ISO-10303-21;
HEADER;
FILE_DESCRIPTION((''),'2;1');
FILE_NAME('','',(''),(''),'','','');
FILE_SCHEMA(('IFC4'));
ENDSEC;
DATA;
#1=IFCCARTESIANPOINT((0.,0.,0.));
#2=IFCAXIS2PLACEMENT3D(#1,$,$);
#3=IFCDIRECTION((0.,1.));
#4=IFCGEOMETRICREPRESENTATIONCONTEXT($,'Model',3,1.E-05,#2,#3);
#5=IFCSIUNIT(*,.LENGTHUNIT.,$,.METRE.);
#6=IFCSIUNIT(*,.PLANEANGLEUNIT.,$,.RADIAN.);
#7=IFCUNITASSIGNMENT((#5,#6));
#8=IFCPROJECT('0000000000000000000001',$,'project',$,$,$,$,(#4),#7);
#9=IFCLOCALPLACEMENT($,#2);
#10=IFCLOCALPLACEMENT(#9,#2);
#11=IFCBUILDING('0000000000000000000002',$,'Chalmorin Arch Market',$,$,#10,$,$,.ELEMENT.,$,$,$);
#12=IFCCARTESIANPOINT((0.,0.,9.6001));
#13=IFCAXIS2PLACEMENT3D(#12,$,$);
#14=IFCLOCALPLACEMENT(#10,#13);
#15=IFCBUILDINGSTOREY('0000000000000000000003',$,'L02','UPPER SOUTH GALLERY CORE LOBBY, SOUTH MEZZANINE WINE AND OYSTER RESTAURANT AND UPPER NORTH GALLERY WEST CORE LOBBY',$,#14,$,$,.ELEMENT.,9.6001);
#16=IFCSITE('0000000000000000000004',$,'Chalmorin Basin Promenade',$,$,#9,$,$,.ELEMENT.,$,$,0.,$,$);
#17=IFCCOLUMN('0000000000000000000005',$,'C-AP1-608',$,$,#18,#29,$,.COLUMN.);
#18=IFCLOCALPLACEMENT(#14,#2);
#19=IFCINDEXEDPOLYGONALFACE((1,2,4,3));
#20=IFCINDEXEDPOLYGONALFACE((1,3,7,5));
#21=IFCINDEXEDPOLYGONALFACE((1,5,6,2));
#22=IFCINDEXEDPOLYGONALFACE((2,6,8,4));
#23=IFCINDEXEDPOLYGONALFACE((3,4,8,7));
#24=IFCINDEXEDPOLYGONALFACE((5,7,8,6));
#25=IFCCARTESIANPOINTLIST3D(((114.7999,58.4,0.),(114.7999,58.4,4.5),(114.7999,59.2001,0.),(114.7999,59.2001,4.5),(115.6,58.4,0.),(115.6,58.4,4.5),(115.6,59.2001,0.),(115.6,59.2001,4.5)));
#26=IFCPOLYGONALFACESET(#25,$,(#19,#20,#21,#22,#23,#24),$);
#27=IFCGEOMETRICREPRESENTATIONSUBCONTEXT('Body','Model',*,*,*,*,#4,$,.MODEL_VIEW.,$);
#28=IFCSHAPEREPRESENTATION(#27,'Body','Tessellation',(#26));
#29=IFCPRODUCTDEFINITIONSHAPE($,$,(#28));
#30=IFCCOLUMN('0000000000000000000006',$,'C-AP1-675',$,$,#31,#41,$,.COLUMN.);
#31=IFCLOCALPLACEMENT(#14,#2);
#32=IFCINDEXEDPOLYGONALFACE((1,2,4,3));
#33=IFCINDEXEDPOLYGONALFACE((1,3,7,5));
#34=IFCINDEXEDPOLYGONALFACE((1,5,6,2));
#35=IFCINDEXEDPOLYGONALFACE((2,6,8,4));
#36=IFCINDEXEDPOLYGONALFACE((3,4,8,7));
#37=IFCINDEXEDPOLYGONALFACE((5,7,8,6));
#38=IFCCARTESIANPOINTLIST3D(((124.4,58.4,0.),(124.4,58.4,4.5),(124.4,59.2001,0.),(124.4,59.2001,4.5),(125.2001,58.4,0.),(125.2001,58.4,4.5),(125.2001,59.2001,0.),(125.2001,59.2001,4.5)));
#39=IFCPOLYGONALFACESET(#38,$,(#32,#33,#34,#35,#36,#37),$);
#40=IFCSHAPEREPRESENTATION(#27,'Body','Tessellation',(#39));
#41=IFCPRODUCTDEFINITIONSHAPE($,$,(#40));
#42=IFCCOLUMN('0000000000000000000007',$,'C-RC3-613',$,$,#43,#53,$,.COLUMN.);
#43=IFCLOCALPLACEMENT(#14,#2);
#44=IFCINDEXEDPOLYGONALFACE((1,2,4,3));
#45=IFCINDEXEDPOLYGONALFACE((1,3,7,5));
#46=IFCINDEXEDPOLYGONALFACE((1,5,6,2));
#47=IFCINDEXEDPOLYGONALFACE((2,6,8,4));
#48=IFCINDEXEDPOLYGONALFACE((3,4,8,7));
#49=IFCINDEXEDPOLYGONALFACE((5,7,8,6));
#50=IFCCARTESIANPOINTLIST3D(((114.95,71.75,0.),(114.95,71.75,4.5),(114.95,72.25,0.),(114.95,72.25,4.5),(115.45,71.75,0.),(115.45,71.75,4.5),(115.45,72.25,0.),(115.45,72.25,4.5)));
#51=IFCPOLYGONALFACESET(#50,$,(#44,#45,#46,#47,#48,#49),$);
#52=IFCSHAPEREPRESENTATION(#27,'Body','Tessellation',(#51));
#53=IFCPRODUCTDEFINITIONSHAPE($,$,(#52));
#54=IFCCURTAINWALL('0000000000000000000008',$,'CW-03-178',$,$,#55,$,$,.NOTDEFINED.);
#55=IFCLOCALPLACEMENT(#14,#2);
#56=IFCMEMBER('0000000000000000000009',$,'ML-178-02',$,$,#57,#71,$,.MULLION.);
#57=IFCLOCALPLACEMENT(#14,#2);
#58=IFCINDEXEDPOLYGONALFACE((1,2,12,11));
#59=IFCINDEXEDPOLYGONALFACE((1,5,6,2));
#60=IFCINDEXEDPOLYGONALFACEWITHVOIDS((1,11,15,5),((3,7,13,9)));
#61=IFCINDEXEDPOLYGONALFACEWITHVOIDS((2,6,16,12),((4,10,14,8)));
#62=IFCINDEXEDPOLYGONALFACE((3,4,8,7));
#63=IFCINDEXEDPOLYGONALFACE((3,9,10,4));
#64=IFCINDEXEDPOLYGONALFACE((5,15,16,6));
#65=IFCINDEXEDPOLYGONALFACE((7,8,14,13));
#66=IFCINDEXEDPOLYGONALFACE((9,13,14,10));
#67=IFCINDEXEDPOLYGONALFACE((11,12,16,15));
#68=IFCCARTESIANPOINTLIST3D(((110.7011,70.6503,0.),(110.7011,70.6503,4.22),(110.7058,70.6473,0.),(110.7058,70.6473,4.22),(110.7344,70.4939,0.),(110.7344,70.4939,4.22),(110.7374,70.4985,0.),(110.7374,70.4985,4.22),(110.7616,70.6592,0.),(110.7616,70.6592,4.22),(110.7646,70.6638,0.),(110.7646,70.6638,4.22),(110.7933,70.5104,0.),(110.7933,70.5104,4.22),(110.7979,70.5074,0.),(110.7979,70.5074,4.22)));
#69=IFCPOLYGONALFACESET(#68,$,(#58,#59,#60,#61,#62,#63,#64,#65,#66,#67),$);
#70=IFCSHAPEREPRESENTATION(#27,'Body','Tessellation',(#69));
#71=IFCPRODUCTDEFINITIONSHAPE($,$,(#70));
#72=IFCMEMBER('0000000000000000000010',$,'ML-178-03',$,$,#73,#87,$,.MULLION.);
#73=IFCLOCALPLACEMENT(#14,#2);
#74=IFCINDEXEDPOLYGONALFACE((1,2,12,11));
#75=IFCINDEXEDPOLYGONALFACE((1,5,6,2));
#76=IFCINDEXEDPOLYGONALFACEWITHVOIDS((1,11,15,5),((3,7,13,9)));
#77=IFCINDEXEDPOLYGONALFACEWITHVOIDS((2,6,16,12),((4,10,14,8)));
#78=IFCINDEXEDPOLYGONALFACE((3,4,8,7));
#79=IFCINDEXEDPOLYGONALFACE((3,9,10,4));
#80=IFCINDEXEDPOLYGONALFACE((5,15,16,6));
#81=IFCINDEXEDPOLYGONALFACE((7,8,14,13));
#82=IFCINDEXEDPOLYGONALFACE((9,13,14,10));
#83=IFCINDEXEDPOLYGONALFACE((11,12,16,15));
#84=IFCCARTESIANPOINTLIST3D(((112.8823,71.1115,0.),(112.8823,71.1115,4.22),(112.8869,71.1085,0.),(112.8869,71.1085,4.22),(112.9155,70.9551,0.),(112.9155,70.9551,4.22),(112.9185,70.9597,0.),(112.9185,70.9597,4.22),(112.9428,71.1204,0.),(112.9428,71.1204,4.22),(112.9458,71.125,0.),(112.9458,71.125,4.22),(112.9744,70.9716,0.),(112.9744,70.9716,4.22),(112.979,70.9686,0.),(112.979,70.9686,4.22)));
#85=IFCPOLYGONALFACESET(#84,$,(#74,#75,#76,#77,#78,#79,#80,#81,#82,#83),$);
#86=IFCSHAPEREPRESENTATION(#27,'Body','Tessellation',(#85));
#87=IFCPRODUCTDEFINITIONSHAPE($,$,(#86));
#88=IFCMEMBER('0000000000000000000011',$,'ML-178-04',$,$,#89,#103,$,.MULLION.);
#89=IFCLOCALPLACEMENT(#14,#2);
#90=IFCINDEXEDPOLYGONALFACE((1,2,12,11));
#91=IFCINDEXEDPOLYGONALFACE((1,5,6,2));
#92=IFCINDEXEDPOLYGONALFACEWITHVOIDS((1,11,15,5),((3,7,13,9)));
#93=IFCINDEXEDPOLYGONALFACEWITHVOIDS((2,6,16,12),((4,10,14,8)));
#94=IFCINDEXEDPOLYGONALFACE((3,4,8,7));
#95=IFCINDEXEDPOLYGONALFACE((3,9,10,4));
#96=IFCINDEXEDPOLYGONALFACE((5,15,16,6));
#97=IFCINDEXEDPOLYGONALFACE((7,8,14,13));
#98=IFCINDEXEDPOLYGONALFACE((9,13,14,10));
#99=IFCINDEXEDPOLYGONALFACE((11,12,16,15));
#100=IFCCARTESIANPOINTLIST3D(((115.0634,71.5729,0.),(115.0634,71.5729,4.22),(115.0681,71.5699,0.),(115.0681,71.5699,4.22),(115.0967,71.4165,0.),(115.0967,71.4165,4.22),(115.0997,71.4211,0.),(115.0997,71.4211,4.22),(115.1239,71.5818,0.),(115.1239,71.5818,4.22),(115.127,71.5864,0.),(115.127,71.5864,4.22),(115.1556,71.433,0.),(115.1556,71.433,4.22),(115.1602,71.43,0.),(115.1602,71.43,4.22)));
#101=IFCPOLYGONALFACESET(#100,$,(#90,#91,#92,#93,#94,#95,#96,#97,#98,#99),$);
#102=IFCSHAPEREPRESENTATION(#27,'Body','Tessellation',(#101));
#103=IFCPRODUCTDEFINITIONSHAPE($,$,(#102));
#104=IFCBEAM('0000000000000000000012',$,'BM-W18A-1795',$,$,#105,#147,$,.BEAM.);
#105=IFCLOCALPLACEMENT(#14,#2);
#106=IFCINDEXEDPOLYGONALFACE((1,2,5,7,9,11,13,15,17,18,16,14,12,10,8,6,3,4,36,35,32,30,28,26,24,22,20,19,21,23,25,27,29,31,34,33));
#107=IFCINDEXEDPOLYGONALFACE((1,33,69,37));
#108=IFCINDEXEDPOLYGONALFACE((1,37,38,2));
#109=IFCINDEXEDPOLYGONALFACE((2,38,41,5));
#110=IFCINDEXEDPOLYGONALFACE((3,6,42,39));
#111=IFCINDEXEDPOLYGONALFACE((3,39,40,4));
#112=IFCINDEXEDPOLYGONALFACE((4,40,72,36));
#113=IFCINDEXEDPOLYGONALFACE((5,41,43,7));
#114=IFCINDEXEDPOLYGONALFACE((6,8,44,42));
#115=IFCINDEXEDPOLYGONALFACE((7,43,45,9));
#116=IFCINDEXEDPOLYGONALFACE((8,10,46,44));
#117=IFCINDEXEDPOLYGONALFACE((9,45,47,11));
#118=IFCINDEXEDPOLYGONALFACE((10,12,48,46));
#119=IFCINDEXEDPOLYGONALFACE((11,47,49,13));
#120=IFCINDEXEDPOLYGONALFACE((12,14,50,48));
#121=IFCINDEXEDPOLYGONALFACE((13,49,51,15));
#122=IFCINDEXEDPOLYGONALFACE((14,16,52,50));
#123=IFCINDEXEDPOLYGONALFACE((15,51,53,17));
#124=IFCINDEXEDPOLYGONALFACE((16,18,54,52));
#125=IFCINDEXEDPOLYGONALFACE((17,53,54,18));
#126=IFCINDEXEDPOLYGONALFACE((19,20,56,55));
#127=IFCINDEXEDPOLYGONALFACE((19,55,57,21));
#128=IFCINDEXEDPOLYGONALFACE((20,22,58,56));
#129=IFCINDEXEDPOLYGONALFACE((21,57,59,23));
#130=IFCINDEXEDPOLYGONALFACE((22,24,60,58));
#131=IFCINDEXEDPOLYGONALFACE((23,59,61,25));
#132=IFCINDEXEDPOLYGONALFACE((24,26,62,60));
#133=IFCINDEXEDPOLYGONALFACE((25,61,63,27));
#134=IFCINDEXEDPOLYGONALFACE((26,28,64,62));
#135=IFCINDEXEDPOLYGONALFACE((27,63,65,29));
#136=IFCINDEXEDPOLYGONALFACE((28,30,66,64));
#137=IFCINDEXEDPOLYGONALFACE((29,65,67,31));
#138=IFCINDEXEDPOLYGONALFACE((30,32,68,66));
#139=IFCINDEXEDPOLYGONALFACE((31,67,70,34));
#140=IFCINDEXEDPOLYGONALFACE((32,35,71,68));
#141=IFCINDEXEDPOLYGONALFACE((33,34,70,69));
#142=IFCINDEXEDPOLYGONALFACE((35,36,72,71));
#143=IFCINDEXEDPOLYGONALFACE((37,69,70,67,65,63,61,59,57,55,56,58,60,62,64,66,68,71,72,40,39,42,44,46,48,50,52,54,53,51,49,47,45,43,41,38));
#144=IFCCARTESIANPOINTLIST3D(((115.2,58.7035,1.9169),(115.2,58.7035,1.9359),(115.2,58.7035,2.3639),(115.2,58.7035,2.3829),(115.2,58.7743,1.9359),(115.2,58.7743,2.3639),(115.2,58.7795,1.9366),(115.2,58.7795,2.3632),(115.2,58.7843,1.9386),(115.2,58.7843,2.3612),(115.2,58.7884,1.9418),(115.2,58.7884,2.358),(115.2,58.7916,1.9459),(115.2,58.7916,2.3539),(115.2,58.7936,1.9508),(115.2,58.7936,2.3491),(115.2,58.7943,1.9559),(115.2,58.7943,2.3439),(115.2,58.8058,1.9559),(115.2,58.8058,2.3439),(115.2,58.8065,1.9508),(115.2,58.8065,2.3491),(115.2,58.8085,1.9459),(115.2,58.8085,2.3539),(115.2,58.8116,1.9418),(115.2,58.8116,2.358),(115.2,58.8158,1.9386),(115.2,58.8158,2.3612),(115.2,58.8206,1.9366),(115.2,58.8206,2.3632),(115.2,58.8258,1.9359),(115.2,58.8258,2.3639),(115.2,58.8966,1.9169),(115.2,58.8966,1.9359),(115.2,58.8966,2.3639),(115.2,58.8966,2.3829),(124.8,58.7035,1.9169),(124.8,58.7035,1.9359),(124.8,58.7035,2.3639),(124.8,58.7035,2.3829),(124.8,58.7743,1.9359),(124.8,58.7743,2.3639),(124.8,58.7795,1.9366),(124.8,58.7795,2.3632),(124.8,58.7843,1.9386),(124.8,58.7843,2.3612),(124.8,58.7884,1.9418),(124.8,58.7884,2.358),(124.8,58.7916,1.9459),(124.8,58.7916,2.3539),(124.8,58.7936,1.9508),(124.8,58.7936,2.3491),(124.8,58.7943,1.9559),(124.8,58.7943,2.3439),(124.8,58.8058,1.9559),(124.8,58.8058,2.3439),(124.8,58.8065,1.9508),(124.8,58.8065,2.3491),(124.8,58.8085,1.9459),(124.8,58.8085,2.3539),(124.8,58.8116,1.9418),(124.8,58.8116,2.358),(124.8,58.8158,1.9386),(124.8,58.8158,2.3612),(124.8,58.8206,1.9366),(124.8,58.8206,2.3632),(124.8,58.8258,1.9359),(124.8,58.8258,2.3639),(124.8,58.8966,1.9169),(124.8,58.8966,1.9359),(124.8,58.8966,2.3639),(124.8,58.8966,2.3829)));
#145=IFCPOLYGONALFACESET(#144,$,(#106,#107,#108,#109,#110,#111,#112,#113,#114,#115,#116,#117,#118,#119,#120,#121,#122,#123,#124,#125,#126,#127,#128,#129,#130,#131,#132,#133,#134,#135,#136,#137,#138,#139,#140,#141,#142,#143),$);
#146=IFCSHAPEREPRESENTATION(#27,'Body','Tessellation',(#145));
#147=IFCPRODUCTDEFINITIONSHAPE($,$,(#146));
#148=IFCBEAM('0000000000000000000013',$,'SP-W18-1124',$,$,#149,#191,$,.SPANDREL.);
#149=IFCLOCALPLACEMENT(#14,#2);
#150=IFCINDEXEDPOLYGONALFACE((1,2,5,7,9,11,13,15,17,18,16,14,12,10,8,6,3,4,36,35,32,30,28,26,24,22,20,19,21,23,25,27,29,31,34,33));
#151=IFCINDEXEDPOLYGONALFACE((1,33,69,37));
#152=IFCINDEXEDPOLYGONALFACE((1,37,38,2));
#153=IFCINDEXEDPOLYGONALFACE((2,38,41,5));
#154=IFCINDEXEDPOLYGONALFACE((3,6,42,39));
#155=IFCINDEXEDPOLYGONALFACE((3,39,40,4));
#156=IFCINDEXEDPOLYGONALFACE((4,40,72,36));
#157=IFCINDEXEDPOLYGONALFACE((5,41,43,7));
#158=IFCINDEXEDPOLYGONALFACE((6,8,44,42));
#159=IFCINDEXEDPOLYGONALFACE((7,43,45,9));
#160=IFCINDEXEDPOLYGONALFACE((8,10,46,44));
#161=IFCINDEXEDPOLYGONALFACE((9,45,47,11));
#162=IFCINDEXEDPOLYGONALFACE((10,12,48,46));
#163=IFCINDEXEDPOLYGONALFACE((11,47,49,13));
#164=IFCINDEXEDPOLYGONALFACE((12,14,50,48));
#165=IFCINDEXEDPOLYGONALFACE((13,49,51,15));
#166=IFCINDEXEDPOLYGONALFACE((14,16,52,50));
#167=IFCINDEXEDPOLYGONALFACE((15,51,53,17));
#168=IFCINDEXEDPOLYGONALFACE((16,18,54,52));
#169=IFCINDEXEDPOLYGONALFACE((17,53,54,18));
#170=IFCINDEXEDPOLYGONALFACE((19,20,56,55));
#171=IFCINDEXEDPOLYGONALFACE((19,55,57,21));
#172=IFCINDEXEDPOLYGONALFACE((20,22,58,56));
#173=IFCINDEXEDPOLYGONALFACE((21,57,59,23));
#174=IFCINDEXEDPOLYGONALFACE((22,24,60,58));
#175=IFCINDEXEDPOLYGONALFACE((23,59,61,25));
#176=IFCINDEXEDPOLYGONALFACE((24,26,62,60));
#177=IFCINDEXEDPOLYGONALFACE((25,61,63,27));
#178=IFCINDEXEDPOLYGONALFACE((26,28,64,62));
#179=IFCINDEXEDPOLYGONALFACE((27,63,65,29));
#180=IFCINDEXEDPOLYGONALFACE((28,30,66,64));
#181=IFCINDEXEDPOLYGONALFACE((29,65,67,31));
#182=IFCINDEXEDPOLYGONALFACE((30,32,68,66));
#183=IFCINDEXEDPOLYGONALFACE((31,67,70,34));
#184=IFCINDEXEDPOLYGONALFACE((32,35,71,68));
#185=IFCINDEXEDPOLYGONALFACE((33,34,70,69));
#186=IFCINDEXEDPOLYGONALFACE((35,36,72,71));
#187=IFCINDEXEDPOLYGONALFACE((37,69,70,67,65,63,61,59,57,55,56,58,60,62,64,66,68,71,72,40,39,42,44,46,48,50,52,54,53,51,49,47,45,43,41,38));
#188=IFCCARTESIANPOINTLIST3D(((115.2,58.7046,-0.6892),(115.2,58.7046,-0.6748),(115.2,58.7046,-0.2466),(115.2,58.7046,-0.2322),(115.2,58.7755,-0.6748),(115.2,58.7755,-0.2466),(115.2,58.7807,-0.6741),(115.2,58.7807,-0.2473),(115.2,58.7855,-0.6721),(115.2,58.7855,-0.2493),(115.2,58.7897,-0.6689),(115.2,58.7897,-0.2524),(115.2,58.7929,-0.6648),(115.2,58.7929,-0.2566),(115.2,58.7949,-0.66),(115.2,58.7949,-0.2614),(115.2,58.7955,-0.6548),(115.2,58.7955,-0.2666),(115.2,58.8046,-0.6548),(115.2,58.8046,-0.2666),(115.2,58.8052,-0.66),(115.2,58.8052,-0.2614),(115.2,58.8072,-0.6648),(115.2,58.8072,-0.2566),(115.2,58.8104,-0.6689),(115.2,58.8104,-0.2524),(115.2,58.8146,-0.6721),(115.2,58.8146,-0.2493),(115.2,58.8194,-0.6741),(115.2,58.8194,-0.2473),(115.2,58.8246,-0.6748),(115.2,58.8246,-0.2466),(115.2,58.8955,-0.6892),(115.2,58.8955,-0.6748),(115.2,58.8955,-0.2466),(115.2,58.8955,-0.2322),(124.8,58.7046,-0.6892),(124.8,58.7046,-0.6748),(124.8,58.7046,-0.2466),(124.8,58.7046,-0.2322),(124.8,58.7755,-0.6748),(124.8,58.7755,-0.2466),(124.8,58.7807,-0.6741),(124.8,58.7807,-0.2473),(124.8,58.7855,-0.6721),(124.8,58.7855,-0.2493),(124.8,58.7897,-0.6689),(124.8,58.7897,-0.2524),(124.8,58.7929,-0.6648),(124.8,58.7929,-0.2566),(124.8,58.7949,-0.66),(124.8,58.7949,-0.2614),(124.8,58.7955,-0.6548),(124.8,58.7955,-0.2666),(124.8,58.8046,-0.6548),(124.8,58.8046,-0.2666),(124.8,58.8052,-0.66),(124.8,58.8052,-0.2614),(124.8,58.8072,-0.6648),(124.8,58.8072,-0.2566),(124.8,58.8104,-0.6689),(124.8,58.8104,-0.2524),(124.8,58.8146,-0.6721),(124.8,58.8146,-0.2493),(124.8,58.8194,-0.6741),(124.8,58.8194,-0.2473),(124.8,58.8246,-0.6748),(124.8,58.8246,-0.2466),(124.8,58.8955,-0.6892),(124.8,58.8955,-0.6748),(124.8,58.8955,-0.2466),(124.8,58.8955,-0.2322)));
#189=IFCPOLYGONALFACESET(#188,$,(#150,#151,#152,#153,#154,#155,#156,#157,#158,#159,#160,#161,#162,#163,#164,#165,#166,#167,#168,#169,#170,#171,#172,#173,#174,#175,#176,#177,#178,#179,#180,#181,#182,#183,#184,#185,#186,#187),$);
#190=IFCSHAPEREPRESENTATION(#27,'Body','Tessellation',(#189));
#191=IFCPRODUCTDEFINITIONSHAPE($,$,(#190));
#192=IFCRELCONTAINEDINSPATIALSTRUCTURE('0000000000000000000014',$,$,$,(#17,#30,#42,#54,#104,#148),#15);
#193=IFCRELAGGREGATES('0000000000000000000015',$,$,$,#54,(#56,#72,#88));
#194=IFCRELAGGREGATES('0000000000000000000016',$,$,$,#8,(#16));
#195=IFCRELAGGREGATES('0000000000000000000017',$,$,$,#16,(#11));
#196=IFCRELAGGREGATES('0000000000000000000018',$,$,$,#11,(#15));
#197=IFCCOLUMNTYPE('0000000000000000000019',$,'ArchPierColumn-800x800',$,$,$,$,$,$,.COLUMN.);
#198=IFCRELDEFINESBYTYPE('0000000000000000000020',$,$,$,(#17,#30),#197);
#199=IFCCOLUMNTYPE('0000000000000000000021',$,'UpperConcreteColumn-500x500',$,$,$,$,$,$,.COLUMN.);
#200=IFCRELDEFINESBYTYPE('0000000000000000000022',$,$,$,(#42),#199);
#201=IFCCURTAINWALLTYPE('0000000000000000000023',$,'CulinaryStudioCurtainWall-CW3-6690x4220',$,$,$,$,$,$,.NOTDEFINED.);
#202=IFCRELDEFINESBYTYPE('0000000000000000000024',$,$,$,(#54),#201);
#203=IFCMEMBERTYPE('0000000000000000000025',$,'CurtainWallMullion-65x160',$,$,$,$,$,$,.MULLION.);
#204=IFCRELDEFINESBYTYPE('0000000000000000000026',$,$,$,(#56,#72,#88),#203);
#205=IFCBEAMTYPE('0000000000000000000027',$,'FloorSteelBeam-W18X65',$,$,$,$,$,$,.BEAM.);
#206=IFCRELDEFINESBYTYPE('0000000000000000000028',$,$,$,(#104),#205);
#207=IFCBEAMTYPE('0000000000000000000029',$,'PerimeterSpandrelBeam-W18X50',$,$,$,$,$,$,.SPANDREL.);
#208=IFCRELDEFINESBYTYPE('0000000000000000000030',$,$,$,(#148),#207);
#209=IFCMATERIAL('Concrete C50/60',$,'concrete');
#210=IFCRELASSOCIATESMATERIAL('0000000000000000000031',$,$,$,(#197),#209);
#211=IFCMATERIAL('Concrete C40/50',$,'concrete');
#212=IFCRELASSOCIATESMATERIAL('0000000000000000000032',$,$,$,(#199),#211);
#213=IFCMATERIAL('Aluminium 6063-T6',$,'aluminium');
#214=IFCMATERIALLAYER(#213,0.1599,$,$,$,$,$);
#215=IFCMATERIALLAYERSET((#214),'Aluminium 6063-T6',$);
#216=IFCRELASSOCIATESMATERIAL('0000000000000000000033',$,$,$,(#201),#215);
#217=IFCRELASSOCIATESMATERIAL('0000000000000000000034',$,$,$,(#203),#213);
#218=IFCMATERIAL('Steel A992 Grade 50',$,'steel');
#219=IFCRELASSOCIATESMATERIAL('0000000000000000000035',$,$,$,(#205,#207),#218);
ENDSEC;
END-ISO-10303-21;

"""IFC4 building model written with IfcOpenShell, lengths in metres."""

from ifc_helpers import new_model, si_unit, direction, frame, origin, origin_2d, place, context, subcontext, project, spatial, rectangle, hollow_rectangle, i_section, extrude, material, layer, layer_set, material_profile, profile_set, type_object, element, aggregate, save


model = new_model("IFC4")

# Units and contexts
model_context = context("Model", 3, precision=1e-05, world=origin(), true_north=direction((0.0, 1.0)))
body_context = subcontext(model_context, "Body", "Model", "MODEL_VIEW")
ifc_project = project(units=[si_unit("LENGTHUNIT", "METRE"), si_unit("PLANEANGLEUNIT", "RADIAN")], contexts=[model_context])

# Site, building, storey
site_placement = place(None, origin())
site = spatial("IfcSite", under=ifc_project, at=site_placement, Name="Chalmorin Basin Promenade", CompositionType="ELEMENT", RefElevation=0.0)
building_placement = place(site_placement, origin())
building = spatial("IfcBuilding", under=site, at=building_placement, Name="Chalmorin Arch Market", CompositionType="ELEMENT")
storey_placement = place(building_placement, frame((0.0, 0.0, 9.6001)))
storey = spatial("IfcBuildingStorey", under=building, at=storey_placement, Name="L02", Description="UPPER SOUTH GALLERY CORE LOBBY, SOUTH MEZZANINE WINE AND OYSTER RESTAURANT AND UPPER NORTH GALLERY WEST CORE LOBBY", CompositionType="ELEMENT", Elevation=9.6001)

# Columns
ifc_material_1 = material(Name="Concrete C50/60", Category="concrete")
ifc_material_profile_1 = material_profile(ifc_material_1, rectangle(XDim=0.8, YDim=0.8, at=origin_2d()), Name="RC800X800")
ifc_profile_set_1 = profile_set([ifc_material_profile_1], Name="Concrete C50/60")
column_type_1 = type_object("IfcColumnType", Name="ArchPierColumn-800x800", PredefinedType="COLUMN", material=ifc_profile_set_1)
for number, where, z_axis, x_axis, name in (
    (1, (115.2, 58.8, 0.0), (0.0, 0.0, 1.0), (1.0, 0.0, 0.0), "C-AP1-608"),
    (2, (124.8, 58.8, 0.0), (0.0, 0.0, 1.0), (1.0, 0.0, 0.0), "C-AP1-675"),
):
    element("IfcColumn", number, at=place(storey_placement, frame(where, z_axis=z_axis, x_axis=x_axis)), inside=storey, type_object=column_type_1, Name=name, PredefinedType="COLUMN", context=body_context, shape_type="SweptSolid", body=[
        extrude(rectangle(XDim=0.8, YDim=0.8, at=origin_2d()), origin(), (0.0, 0.0, 1.0), 4.5),
    ])
ifc_material_2 = material(Name="Concrete C40/50", Category="concrete")
ifc_material_profile_2 = material_profile(ifc_material_2, rectangle(XDim=0.5, YDim=0.5, at=origin_2d()), Name="RC500X500")
ifc_profile_set_2 = profile_set([ifc_material_profile_2], Name="Concrete C40/50")
column_type_2 = type_object("IfcColumnType", Name="UpperConcreteColumn-500x500", PredefinedType="COLUMN", material=ifc_profile_set_2)
column_placement = place(storey_placement, frame((115.2, 72.0, 0.0), z_axis=(0.0, 0.0, 1.0), x_axis=(1.0, 0.0, 0.0)))
element("IfcColumn", 3, at=column_placement, inside=storey, type_object=column_type_2, Name="C-RC3-613", PredefinedType="COLUMN", context=body_context, shape_type="SweptSolid", body=[
    extrude(rectangle(XDim=0.5, YDim=0.5, at=origin_2d()), origin(), (0.0, 0.0, 1.0), 4.5),
])

# Curtain wall, members
ifc_material_3 = material(Name="Aluminium 6063-T6", Category="aluminium")
ifc_layer_1 = layer(ifc_material_3, 0.1599)
ifc_layer_set_1 = layer_set([ifc_layer_1], Name="Aluminium 6063-T6")
curtain_wall_type = type_object("IfcCurtainWallType", Name="CulinaryStudioCurtainWall-CW3-6690x4220", PredefinedType="NOTDEFINED", material=ifc_layer_set_1)
curtain_wall_placement = place(storey_placement, origin())
curtain_wall = element("IfcCurtainWall", 4, at=curtain_wall_placement, inside=storey, type_object=curtain_wall_type, Name="CW-03-178", PredefinedType="NOTDEFINED")
ifc_material_profile_3 = material_profile(ifc_material_3, hollow_rectangle(XDim=0.0649, YDim=0.1599, WallThickness=0.0039, at=origin_2d()), Name="ALU65X160X4")
ifc_profile_set_3 = profile_set([ifc_material_profile_3], Name="Aluminium 6063-T6")
member_type = type_object("IfcMemberType", Name="CurtainWallMullion-65x160", PredefinedType="MULLION", material=ifc_profile_set_3)
member_1_placement = place(storey_placement, frame((110.7495, 70.5789, 0.0), z_axis=(0.0, 0.0, 1.0), x_axis=(0.978148, 0.207912, 0.0)))
member_1 = element("IfcMember", 5, at=member_1_placement, type_object=member_type, Name="ML-178-02", PredefinedType="MULLION", context=body_context, shape_type="SweptSolid", body=[
    extrude(hollow_rectangle(XDim=0.0649, YDim=0.1599, WallThickness=0.0039, at=origin_2d()), origin(), (0.0, 0.0, 1.0), 4.22),
])
member_2_placement = place(storey_placement, frame((112.9307, 71.04, 0.0), z_axis=(0.0, 0.0, 1.0), x_axis=(0.978148, 0.207912, 0.0)))
member_2 = element("IfcMember", 6, at=member_2_placement, type_object=member_type, Name="ML-178-03", PredefinedType="MULLION", context=body_context, shape_type="SweptSolid", body=[
    extrude(hollow_rectangle(XDim=0.0649, YDim=0.1599, WallThickness=0.0039, at=origin_2d()), origin(), (0.0, 0.0, 1.0), 4.22),
])
member_3_placement = place(storey_placement, frame((115.1118, 71.5015, 0.0), z_axis=(0.0, 0.0, 1.0), x_axis=(0.978148, 0.207912, 0.0)))
member_3 = element("IfcMember", 7, at=member_3_placement, type_object=member_type, Name="ML-178-04", PredefinedType="MULLION", context=body_context, shape_type="SweptSolid", body=[
    extrude(hollow_rectangle(XDim=0.0649, YDim=0.1599, WallThickness=0.0039, at=origin_2d()), origin(), (0.0, 0.0, 1.0), 4.22),
])

# Beams
ifc_material_4 = material(Name="Steel A992 Grade 50", Category="steel")
ifc_material_profile_4 = material_profile(ifc_material_4, i_section(OverallWidth=0.1931, OverallDepth=0.4661, WebThickness=0.0115, FlangeThickness=0.019, FilletRadius=0.02, at=origin_2d()), Name="W18X65")
ifc_profile_set_4 = profile_set([ifc_material_profile_4], Name="Steel A992 Grade 50")
beam_type_1 = type_object("IfcBeamType", Name="FloorSteelBeam-W18X65", PredefinedType="BEAM", material=ifc_profile_set_4)
beam_placement = place(storey_placement, frame((115.2, 58.8, 2.1499), z_axis=(1.0, 0.0, 0.0), x_axis=(0.0, 1.0, 0.0)))
element("IfcBeam", 8, at=beam_placement, inside=storey, type_object=beam_type_1, Name="BM-W18A-1795", PredefinedType="BEAM", context=body_context, shape_type="SweptSolid", body=[
    extrude(i_section(OverallWidth=0.1931, OverallDepth=0.4661, WebThickness=0.0115, FlangeThickness=0.019, FilletRadius=0.02, at=origin_2d()), origin(), (0.0, 0.0, 1.0), 9.6001),
])
ifc_material_profile_5 = material_profile(ifc_material_4, i_section(OverallWidth=0.1909, OverallDepth=0.457, WebThickness=0.009, FlangeThickness=0.0144, FilletRadius=0.02, at=origin_2d()), Name="W18X50")
ifc_profile_set_5 = profile_set([ifc_material_profile_5], Name="Steel A992 Grade 50")
beam_type_2 = type_object("IfcBeamType", Name="PerimeterSpandrelBeam-W18X50", PredefinedType="SPANDREL", material=ifc_profile_set_5)
for number, where, z_axis, x_axis, name in (
    (9, (115.2, 58.8, -0.4607), (1.0, 0.0, 0.0), (0.0, 1.0, 0.0), "SP-W18-1124"),
):
    element("IfcBeam", number, at=place(storey_placement, frame(where, z_axis=z_axis, x_axis=x_axis)), inside=storey, type_object=beam_type_2, Name=name, PredefinedType="SPANDREL", context=body_context, shape_type="SweptSolid", body=[
        extrude(i_section(OverallWidth=0.1909, OverallDepth=0.457, WebThickness=0.009, FlangeThickness=0.0144, FilletRadius=0.02, at=origin_2d()), origin(), (0.0, 0.0, 1.0), 9.6001),
    ])

aggregate(curtain_wall, [member_1, member_2, member_3])

save(model, "model.ifc")
